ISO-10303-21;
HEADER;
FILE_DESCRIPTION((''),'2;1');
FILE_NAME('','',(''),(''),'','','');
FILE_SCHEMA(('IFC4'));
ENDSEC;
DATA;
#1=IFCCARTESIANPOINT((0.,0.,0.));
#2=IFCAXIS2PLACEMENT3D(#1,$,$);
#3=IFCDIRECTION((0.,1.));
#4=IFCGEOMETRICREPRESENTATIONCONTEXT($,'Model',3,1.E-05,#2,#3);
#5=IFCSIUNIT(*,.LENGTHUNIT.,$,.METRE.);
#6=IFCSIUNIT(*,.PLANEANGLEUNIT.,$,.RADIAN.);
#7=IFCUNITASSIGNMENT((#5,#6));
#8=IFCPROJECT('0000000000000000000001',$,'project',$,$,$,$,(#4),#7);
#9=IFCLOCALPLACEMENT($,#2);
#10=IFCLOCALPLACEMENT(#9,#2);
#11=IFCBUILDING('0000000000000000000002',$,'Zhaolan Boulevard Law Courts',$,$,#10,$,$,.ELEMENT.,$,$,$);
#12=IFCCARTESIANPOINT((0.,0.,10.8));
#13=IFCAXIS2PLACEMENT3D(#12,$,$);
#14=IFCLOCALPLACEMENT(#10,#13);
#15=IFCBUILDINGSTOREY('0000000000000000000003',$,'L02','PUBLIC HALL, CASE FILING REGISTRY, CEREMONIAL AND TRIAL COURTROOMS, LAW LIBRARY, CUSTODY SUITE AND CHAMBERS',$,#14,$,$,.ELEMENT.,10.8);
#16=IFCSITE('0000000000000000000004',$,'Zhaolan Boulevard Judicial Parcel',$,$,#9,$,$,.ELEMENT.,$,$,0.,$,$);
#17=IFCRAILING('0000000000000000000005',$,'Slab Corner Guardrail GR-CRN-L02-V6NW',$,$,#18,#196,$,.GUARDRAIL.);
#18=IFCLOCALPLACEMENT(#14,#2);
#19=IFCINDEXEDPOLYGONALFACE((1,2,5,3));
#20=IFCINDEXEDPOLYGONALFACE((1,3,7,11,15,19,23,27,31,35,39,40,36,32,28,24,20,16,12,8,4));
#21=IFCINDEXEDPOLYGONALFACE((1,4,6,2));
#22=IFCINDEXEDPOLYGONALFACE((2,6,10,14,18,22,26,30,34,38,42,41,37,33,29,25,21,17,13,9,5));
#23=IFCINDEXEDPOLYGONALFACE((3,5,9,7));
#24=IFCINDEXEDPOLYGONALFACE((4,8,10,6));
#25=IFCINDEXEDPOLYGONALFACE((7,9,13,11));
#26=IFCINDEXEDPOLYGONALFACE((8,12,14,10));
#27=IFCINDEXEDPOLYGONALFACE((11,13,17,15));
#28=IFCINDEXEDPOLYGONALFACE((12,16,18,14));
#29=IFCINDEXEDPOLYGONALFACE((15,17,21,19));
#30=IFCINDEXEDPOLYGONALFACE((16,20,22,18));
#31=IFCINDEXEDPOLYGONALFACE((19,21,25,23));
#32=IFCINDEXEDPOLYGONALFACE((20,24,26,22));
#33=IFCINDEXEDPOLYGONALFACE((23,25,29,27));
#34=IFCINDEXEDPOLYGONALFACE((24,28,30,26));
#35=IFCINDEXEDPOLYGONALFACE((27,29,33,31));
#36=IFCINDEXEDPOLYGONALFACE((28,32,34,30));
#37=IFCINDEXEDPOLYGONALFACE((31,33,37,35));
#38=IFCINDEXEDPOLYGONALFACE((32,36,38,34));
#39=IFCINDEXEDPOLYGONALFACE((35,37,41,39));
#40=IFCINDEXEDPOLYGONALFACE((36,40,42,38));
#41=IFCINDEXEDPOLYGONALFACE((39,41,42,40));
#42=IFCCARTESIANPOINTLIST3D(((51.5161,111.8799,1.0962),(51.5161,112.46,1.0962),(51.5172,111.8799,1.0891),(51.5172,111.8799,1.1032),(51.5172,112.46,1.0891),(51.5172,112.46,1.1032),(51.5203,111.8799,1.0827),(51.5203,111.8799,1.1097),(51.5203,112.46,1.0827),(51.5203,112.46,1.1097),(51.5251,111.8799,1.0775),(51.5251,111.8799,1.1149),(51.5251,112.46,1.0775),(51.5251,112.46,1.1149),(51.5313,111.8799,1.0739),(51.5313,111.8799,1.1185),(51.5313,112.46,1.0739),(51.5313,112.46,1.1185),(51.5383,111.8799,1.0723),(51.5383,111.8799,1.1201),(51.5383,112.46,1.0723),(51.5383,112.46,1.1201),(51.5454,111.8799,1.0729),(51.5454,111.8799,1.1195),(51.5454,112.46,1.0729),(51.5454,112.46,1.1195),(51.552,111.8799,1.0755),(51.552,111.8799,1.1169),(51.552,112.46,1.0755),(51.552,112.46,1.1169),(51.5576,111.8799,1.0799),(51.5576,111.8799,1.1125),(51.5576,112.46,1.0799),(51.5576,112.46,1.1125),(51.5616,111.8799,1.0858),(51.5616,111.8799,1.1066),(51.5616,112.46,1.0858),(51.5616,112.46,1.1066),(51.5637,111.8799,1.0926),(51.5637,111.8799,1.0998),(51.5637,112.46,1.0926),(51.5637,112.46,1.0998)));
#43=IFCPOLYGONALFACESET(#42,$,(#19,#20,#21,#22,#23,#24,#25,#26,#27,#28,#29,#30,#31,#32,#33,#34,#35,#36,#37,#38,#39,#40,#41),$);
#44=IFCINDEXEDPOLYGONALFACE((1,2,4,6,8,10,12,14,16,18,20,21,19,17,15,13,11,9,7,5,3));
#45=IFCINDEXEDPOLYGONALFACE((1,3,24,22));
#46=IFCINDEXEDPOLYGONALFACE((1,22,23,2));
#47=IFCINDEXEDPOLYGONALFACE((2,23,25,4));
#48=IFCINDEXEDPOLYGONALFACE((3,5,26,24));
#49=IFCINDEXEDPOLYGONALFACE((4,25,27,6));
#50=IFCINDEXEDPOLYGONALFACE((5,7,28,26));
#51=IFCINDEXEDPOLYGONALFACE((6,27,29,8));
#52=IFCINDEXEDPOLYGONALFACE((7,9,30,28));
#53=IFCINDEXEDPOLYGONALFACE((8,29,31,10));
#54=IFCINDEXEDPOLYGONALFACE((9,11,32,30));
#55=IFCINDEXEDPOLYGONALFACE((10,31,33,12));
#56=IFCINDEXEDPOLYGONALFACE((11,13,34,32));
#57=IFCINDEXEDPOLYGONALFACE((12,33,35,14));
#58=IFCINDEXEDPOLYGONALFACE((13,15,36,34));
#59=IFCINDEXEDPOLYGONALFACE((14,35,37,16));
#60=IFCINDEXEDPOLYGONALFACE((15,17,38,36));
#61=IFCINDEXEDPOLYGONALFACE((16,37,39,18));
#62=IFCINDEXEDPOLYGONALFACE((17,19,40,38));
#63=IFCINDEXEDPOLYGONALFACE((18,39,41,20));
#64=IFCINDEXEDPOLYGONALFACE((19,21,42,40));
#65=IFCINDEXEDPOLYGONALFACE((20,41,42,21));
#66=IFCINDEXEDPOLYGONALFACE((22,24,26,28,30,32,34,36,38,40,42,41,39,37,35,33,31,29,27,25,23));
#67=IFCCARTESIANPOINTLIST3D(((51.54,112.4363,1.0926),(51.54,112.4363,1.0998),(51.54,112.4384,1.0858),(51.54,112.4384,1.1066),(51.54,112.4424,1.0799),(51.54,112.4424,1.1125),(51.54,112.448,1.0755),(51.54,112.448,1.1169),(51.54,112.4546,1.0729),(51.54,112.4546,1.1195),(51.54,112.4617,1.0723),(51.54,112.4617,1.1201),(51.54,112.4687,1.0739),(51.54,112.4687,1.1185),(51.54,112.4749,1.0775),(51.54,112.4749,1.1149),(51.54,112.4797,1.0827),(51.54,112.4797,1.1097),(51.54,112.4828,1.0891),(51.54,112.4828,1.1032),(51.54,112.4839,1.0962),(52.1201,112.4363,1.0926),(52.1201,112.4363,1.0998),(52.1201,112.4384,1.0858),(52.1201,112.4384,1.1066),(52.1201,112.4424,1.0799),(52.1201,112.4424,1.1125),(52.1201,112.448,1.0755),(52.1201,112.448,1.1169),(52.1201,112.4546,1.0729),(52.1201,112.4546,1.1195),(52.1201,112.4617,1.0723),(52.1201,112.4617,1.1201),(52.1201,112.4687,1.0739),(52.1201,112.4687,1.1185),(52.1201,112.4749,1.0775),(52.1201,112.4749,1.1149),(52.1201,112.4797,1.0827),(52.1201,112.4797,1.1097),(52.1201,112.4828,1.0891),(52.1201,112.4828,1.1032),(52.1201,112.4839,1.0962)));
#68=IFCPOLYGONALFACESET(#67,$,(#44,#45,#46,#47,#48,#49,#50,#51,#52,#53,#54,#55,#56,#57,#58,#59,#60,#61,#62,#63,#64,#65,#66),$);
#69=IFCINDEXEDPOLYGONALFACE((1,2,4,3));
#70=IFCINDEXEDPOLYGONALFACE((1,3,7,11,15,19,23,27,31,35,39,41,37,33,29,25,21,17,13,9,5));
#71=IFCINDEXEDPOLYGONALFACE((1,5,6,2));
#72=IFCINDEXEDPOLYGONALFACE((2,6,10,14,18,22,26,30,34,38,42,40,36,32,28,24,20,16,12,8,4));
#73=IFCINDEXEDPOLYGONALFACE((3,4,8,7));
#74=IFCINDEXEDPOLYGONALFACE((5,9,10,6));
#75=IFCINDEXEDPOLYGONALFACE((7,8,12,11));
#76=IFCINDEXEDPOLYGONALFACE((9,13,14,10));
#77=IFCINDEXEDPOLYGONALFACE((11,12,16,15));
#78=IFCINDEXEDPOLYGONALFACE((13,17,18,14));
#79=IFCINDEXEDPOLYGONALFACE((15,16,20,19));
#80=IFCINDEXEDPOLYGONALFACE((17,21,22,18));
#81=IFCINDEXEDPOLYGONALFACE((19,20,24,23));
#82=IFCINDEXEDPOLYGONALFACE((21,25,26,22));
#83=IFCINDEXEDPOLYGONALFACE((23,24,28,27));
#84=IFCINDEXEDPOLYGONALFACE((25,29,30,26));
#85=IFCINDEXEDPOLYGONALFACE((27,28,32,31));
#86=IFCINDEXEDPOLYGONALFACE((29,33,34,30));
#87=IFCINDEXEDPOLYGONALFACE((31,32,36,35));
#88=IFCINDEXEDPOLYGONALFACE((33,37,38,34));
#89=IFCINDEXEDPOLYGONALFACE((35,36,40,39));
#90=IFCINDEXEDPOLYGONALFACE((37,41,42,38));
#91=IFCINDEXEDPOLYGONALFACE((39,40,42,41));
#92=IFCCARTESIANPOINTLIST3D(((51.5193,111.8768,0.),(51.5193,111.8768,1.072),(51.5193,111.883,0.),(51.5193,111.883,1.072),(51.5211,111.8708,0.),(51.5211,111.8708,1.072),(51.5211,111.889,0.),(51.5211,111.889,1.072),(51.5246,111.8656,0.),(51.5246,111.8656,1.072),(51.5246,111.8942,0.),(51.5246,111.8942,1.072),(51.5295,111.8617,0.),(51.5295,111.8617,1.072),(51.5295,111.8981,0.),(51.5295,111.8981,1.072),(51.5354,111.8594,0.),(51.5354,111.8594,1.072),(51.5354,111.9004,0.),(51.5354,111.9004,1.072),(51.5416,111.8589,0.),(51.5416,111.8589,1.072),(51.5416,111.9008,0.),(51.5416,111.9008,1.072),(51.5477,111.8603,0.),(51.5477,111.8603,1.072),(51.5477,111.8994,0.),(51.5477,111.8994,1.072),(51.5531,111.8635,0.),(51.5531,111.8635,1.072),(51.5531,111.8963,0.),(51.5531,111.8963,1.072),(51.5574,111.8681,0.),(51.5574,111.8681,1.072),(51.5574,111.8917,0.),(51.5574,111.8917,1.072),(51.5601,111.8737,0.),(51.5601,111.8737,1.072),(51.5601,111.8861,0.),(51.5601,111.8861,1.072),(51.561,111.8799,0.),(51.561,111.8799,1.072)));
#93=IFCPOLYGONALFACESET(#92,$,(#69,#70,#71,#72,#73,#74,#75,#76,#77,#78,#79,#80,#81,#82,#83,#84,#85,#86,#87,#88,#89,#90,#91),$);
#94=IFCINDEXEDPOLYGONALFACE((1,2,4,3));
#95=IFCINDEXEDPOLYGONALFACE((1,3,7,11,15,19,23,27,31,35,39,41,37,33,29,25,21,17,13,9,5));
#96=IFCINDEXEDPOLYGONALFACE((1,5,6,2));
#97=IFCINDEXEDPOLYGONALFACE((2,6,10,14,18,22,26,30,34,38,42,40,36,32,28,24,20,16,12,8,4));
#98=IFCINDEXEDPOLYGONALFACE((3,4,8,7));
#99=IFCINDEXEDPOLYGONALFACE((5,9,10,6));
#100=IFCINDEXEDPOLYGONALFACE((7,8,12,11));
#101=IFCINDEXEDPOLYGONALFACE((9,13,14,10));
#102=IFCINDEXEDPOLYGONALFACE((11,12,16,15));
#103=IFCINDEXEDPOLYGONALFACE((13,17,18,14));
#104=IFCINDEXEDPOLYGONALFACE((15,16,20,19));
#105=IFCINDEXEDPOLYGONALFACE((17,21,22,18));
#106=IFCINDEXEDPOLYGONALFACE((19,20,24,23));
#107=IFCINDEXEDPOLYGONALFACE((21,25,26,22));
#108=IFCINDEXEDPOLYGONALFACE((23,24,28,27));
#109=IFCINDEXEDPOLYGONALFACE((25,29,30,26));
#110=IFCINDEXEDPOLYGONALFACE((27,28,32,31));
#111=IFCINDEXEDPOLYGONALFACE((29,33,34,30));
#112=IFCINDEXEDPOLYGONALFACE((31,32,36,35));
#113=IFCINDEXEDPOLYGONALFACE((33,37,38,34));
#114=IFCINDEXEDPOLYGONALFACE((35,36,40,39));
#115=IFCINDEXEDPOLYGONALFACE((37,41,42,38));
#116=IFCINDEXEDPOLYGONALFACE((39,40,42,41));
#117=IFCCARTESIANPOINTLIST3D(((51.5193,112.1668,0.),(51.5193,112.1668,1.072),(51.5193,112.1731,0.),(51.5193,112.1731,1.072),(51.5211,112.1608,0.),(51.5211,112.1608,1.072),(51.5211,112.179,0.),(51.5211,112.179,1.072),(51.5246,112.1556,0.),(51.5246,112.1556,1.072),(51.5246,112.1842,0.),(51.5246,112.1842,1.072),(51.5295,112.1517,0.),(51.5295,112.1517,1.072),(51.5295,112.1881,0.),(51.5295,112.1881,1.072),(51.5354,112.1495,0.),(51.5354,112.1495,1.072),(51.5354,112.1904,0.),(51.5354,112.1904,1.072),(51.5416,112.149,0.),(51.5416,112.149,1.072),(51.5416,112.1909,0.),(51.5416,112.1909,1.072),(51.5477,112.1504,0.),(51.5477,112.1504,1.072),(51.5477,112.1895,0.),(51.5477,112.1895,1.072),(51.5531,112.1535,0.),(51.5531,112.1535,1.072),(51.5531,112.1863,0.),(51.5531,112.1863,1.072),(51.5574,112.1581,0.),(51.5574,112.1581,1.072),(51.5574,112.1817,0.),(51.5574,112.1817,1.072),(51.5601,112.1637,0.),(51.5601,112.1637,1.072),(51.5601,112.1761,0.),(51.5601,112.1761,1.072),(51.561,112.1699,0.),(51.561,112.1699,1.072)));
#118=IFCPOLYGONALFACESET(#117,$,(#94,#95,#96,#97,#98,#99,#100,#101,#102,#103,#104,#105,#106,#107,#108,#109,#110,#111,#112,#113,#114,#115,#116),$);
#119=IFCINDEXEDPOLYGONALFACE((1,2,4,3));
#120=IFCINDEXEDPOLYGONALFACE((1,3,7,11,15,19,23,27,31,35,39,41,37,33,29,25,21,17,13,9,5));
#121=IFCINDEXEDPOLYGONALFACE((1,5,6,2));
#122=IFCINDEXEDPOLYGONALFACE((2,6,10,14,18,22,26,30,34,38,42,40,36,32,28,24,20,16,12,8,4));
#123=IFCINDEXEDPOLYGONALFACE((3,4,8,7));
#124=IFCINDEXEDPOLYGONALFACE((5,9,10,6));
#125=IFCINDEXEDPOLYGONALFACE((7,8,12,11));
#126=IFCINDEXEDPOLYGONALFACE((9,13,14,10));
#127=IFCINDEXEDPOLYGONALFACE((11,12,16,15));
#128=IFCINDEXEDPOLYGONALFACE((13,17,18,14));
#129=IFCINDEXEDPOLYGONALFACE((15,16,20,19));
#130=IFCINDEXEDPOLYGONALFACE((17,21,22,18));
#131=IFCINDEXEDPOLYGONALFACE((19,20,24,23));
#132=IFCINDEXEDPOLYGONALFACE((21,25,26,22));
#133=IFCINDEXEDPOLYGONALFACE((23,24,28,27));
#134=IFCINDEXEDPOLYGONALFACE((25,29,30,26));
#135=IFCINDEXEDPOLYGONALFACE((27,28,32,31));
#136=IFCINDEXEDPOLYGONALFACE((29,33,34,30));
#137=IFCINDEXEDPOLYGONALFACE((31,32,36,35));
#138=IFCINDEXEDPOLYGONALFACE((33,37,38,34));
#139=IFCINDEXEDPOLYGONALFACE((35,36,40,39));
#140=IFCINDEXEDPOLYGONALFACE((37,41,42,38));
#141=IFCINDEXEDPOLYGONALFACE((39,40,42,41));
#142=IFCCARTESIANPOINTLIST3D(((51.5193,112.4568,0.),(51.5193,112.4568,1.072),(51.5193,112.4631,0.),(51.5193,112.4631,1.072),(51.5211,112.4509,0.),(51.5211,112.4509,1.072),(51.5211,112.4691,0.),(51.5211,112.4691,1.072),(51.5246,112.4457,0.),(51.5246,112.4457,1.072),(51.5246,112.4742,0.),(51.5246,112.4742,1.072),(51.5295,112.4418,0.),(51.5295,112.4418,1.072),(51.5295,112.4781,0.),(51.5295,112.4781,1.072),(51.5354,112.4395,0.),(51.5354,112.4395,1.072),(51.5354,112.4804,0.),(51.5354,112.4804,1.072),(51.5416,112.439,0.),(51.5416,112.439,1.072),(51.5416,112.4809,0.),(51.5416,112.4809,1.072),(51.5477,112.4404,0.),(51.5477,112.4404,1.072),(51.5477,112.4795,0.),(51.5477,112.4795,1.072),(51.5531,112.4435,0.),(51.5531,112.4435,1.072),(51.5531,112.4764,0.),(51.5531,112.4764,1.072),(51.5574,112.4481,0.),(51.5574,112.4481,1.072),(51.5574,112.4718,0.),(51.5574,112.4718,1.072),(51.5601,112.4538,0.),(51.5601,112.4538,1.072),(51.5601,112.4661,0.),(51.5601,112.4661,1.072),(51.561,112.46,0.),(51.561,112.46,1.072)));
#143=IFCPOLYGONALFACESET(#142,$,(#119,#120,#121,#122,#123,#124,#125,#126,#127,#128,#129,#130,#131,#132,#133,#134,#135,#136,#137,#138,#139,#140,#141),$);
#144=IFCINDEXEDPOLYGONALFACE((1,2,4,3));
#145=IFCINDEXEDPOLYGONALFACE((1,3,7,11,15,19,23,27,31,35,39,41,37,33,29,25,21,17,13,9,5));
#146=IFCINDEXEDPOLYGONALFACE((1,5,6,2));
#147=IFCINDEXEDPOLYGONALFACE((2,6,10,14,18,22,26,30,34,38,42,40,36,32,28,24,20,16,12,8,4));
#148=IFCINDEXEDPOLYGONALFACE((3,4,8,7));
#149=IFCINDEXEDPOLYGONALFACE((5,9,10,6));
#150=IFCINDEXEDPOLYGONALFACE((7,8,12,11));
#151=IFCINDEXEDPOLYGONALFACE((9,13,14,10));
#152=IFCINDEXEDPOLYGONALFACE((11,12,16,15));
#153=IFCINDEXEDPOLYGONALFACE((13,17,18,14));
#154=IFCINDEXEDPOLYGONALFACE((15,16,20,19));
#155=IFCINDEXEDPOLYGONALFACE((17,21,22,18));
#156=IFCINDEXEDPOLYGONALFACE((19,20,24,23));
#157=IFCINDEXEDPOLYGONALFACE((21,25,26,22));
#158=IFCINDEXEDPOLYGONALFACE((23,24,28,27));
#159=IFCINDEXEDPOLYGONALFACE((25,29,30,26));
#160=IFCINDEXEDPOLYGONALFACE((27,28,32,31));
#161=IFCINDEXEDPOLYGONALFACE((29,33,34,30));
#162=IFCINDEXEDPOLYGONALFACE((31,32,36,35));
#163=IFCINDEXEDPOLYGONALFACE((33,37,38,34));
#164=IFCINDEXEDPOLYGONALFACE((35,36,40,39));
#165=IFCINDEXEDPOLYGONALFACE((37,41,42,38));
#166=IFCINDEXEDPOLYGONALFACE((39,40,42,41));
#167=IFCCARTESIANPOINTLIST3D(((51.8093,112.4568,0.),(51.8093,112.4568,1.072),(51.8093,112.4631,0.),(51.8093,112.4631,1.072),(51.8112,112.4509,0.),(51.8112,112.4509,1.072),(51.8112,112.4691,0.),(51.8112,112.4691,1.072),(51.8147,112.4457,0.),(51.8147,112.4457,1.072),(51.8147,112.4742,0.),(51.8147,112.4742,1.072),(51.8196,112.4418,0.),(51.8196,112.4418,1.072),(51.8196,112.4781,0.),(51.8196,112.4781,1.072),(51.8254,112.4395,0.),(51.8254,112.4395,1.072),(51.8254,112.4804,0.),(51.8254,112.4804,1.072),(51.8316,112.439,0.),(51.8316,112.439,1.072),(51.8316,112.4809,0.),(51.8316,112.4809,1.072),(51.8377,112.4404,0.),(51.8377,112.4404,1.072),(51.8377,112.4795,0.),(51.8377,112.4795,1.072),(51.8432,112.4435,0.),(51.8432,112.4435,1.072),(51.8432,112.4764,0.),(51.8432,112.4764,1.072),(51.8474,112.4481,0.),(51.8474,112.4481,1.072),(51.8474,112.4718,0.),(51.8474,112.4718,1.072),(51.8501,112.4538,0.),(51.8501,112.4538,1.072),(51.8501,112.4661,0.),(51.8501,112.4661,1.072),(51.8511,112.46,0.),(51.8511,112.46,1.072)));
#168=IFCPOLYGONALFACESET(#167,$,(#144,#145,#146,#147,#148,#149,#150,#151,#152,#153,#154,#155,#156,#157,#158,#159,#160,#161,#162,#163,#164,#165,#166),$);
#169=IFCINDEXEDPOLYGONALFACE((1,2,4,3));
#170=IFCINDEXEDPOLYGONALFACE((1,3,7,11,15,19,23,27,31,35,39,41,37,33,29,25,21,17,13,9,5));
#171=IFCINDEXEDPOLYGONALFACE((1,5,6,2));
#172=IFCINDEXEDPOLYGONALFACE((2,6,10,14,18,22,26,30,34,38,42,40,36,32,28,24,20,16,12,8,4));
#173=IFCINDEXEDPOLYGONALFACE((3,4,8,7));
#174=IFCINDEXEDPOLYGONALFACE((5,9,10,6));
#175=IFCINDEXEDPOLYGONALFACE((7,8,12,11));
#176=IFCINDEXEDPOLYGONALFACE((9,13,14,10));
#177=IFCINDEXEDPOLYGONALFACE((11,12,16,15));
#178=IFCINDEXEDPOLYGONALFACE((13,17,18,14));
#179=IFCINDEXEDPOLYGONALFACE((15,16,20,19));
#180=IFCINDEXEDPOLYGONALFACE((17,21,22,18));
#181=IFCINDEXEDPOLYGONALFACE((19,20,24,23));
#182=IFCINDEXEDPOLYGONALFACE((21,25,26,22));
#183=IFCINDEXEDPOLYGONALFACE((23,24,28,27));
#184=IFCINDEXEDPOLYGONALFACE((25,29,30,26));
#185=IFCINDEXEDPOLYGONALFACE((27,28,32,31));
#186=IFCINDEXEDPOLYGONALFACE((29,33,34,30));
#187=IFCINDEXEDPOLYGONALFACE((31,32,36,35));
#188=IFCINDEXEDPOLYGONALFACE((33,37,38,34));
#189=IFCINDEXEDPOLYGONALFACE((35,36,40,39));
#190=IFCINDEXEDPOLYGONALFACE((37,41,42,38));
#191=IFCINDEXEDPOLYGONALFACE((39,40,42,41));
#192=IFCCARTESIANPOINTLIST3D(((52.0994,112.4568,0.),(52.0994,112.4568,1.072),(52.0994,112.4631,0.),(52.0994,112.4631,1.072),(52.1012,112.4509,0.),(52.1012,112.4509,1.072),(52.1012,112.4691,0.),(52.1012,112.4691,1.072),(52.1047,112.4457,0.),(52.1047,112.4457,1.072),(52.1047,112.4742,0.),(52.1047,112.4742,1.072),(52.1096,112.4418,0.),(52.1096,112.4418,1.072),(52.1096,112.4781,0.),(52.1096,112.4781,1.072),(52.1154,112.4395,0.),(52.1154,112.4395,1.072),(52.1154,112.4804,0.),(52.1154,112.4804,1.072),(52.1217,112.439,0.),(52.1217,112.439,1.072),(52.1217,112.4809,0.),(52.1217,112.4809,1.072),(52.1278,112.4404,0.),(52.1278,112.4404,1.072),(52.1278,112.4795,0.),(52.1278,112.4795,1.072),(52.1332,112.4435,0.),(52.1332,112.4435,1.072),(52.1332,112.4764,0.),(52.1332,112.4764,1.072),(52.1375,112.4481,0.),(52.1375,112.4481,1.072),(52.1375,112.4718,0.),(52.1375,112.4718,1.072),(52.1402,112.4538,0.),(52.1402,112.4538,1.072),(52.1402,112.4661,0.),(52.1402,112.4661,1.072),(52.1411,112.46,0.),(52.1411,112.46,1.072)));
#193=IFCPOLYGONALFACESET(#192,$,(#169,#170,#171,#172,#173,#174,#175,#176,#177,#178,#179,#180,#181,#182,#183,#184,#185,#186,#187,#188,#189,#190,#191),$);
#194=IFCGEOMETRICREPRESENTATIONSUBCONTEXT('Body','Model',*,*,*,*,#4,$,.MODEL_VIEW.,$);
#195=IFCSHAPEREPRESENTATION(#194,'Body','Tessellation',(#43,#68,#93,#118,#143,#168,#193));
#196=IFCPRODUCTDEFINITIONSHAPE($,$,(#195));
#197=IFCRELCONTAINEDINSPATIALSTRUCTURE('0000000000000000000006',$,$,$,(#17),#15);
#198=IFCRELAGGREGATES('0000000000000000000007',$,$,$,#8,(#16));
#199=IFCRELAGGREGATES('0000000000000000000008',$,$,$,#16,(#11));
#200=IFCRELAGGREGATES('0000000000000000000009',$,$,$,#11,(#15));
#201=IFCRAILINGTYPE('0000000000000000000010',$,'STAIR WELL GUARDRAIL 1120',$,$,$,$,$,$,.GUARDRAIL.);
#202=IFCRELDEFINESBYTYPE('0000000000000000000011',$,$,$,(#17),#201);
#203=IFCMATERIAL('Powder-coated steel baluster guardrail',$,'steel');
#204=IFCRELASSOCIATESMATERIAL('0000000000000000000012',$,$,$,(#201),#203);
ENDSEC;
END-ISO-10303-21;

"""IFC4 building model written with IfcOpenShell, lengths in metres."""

from ifc_helpers import new_model, si_unit, direction, frame, origin, origin_2d, place, context, subcontext, project, spatial, circle, extrude, material, type_object, element, save


model = new_model("IFC4")

# Units and contexts
model_context = context("Model", 3, precision=1e-05, world=origin(), true_north=direction((0.0, 1.0)))
body_context = subcontext(model_context, "Body", "Model", "MODEL_VIEW")
ifc_project = project(units=[si_unit("LENGTHUNIT", "METRE"), si_unit("PLANEANGLEUNIT", "RADIAN")], contexts=[model_context])

# Site, building, storey
site_placement = place(None, origin())
site = spatial("IfcSite", under=ifc_project, at=site_placement, Name="Zhaolan Boulevard Judicial Parcel", CompositionType="ELEMENT", RefElevation=0.0)
building_placement = place(site_placement, origin())
building = spatial("IfcBuilding", under=site, at=building_placement, Name="Zhaolan Boulevard Law Courts", CompositionType="ELEMENT")
storey_placement = place(building_placement, frame((0.0, 0.0, 10.8)))
storey = spatial("IfcBuildingStorey", under=building, at=storey_placement, Name="L02", Description="PUBLIC HALL, CASE FILING REGISTRY, CEREMONIAL AND TRIAL COURTROOMS, LAW LIBRARY, CUSTODY SUITE AND CHAMBERS", CompositionType="ELEMENT", Elevation=10.8)

# Railing
ifc_material_1 = material(Name="Powder-coated steel baluster guardrail", Category="steel")
railing_type = type_object("IfcRailingType", Name="STAIR WELL GUARDRAIL 1120", PredefinedType="GUARDRAIL", material=ifc_material_1)
railing_placement = place(storey_placement, frame((51.54, 111.8799, 0.0)))
element("IfcRailing", 1, at=railing_placement, inside=storey, type_object=railing_type, Name="Slab Corner Guardrail GR-CRN-L02-V6NW", PredefinedType="GUARDRAIL", context=body_context, shape_type="SweptSolid", body=[
    extrude(circle(Radius=0.0239, at=origin_2d()), frame((0.0, 0.0, 1.0962), z_axis=(0.0, 1.0, 0.0), x_axis=(-1.0, 0.0, 0.0)), (0.0, 0.0, 1.0), 0.5801),
    extrude(circle(Radius=0.0239, at=origin_2d()), frame((0.0, 0.5801, 1.0962), z_axis=(1.0, 0.0, 0.0), x_axis=(0.0, 1.0, 0.0)), (0.0, 0.0, 1.0), 0.5801),
    extrude(circle(Radius=0.021, at=origin_2d()), origin(), (0.0, 0.0, 1.0), 1.072),
    extrude(circle(Radius=0.021, at=origin_2d()), frame((0.0, 0.29, 0.0)), (0.0, 0.0, 1.0), 1.072),
    extrude(circle(Radius=0.021, at=origin_2d()), frame((0.0, 0.5801, 0.0)), (0.0, 0.0, 1.0), 1.072),
    extrude(circle(Radius=0.021, at=origin_2d()), frame((0.29, 0.5801, 0.0)), (0.0, 0.0, 1.0), 1.072),
    extrude(circle(Radius=0.021, at=origin_2d()), frame((0.5801, 0.5801, 0.0)), (0.0, 0.0, 1.0), 1.072),
])

save(model, "model.ifc")
